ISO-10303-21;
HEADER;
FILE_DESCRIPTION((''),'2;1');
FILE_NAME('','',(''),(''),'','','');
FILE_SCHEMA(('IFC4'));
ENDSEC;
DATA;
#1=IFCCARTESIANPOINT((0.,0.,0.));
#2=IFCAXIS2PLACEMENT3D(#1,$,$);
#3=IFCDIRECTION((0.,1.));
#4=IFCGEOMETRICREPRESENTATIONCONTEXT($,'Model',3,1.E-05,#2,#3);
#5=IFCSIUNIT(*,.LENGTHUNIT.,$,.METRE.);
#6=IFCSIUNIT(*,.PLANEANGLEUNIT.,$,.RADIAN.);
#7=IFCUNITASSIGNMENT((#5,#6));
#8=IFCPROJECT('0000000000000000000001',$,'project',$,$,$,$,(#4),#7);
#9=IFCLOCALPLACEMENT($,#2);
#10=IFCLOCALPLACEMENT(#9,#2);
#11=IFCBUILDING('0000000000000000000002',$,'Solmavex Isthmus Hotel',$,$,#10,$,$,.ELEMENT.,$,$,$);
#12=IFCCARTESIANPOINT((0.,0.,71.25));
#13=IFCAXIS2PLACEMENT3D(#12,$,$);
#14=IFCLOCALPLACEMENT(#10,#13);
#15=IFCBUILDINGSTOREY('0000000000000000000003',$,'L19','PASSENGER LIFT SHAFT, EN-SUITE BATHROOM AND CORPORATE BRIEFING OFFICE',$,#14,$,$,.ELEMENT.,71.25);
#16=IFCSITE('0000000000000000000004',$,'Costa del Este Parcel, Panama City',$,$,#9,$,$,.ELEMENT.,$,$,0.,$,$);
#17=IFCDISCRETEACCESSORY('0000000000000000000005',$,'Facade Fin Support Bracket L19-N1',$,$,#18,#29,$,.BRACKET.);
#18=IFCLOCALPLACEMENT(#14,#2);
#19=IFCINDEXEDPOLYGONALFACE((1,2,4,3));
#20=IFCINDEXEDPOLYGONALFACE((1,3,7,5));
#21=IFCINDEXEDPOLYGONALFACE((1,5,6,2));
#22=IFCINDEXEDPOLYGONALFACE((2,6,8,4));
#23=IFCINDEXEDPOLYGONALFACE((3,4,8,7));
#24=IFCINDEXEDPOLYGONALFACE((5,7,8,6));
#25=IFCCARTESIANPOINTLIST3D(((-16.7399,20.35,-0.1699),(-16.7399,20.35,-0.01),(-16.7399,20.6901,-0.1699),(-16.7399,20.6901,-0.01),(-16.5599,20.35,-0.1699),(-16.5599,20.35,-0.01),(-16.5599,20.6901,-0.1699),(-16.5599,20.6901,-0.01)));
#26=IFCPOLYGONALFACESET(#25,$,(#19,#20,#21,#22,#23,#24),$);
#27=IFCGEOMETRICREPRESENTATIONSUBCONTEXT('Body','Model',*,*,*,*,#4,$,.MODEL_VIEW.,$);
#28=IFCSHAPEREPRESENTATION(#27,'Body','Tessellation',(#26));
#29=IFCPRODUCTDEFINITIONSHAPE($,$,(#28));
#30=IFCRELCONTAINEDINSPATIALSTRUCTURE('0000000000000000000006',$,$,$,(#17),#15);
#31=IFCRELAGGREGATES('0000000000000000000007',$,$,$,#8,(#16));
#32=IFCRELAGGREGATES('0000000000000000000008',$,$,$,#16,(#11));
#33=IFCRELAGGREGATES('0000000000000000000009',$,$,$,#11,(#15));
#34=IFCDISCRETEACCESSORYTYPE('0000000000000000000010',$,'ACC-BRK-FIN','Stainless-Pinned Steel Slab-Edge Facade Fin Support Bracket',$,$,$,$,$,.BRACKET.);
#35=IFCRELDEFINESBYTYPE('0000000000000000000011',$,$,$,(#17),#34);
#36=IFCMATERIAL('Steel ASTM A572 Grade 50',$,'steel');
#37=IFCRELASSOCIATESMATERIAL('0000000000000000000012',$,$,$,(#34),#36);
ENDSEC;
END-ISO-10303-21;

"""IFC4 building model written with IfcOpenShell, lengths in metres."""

from ifc_helpers import new_model, si_unit, direction, frame, origin, origin_2d, place, context, subcontext, project, spatial, rectangle, extrude, material, type_object, element, save


model = new_model("IFC4")

# Units and contexts
model_context = context("Model", 3, precision=1e-05, world=origin(), true_north=direction((0.0, 1.0)))
body_context = subcontext(model_context, "Body", "Model", "MODEL_VIEW")
ifc_project = project(units=[si_unit("LENGTHUNIT", "METRE"), si_unit("PLANEANGLEUNIT", "RADIAN")], contexts=[model_context])

# Site, building, storey
site_placement = place(None, origin())
site = spatial("IfcSite", under=ifc_project, at=site_placement, Name="Costa del Este Parcel, Panama City", CompositionType="ELEMENT", RefElevation=0.0)
building_placement = place(site_placement, origin())
building = spatial("IfcBuilding", under=site, at=building_placement, Name="Solmavex Isthmus Hotel", CompositionType="ELEMENT")
storey_placement = place(building_placement, frame((0.0, 0.0, 71.25)))
storey = spatial("IfcBuildingStorey", under=building, at=storey_placement, Name="L19", Description="PASSENGER LIFT SHAFT, EN-SUITE BATHROOM AND CORPORATE BRIEFING OFFICE", CompositionType="ELEMENT", Elevation=71.25)

# Discrete accessory
ifc_material_1 = material(Name="Steel ASTM A572 Grade 50", Category="steel")
discrete_accessory_type = type_object("IfcDiscreteAccessoryType", Name="ACC-BRK-FIN", Description="Stainless-Pinned Steel Slab-Edge Facade Fin Support Bracket", PredefinedType="BRACKET", material=ifc_material_1)
discrete_accessory_placement = place(storey_placement, frame((-16.6499, 20.52, -0.1699), z_axis=(0.0, 0.0, 1.0), x_axis=(0.0, 1.0, 0.0)))
element("IfcDiscreteAccessory", 1, at=discrete_accessory_placement, inside=storey, type_object=discrete_accessory_type, Name="Facade Fin Support Bracket L19-N1", PredefinedType="BRACKET", context=body_context, shape_type="SweptSolid", body=[
    extrude(rectangle(XDim=0.3401, YDim=0.1799, at=origin_2d()), origin(), (0.0, 0.0, 1.0), 0.1599),
])

save(model, "model.ifc")
